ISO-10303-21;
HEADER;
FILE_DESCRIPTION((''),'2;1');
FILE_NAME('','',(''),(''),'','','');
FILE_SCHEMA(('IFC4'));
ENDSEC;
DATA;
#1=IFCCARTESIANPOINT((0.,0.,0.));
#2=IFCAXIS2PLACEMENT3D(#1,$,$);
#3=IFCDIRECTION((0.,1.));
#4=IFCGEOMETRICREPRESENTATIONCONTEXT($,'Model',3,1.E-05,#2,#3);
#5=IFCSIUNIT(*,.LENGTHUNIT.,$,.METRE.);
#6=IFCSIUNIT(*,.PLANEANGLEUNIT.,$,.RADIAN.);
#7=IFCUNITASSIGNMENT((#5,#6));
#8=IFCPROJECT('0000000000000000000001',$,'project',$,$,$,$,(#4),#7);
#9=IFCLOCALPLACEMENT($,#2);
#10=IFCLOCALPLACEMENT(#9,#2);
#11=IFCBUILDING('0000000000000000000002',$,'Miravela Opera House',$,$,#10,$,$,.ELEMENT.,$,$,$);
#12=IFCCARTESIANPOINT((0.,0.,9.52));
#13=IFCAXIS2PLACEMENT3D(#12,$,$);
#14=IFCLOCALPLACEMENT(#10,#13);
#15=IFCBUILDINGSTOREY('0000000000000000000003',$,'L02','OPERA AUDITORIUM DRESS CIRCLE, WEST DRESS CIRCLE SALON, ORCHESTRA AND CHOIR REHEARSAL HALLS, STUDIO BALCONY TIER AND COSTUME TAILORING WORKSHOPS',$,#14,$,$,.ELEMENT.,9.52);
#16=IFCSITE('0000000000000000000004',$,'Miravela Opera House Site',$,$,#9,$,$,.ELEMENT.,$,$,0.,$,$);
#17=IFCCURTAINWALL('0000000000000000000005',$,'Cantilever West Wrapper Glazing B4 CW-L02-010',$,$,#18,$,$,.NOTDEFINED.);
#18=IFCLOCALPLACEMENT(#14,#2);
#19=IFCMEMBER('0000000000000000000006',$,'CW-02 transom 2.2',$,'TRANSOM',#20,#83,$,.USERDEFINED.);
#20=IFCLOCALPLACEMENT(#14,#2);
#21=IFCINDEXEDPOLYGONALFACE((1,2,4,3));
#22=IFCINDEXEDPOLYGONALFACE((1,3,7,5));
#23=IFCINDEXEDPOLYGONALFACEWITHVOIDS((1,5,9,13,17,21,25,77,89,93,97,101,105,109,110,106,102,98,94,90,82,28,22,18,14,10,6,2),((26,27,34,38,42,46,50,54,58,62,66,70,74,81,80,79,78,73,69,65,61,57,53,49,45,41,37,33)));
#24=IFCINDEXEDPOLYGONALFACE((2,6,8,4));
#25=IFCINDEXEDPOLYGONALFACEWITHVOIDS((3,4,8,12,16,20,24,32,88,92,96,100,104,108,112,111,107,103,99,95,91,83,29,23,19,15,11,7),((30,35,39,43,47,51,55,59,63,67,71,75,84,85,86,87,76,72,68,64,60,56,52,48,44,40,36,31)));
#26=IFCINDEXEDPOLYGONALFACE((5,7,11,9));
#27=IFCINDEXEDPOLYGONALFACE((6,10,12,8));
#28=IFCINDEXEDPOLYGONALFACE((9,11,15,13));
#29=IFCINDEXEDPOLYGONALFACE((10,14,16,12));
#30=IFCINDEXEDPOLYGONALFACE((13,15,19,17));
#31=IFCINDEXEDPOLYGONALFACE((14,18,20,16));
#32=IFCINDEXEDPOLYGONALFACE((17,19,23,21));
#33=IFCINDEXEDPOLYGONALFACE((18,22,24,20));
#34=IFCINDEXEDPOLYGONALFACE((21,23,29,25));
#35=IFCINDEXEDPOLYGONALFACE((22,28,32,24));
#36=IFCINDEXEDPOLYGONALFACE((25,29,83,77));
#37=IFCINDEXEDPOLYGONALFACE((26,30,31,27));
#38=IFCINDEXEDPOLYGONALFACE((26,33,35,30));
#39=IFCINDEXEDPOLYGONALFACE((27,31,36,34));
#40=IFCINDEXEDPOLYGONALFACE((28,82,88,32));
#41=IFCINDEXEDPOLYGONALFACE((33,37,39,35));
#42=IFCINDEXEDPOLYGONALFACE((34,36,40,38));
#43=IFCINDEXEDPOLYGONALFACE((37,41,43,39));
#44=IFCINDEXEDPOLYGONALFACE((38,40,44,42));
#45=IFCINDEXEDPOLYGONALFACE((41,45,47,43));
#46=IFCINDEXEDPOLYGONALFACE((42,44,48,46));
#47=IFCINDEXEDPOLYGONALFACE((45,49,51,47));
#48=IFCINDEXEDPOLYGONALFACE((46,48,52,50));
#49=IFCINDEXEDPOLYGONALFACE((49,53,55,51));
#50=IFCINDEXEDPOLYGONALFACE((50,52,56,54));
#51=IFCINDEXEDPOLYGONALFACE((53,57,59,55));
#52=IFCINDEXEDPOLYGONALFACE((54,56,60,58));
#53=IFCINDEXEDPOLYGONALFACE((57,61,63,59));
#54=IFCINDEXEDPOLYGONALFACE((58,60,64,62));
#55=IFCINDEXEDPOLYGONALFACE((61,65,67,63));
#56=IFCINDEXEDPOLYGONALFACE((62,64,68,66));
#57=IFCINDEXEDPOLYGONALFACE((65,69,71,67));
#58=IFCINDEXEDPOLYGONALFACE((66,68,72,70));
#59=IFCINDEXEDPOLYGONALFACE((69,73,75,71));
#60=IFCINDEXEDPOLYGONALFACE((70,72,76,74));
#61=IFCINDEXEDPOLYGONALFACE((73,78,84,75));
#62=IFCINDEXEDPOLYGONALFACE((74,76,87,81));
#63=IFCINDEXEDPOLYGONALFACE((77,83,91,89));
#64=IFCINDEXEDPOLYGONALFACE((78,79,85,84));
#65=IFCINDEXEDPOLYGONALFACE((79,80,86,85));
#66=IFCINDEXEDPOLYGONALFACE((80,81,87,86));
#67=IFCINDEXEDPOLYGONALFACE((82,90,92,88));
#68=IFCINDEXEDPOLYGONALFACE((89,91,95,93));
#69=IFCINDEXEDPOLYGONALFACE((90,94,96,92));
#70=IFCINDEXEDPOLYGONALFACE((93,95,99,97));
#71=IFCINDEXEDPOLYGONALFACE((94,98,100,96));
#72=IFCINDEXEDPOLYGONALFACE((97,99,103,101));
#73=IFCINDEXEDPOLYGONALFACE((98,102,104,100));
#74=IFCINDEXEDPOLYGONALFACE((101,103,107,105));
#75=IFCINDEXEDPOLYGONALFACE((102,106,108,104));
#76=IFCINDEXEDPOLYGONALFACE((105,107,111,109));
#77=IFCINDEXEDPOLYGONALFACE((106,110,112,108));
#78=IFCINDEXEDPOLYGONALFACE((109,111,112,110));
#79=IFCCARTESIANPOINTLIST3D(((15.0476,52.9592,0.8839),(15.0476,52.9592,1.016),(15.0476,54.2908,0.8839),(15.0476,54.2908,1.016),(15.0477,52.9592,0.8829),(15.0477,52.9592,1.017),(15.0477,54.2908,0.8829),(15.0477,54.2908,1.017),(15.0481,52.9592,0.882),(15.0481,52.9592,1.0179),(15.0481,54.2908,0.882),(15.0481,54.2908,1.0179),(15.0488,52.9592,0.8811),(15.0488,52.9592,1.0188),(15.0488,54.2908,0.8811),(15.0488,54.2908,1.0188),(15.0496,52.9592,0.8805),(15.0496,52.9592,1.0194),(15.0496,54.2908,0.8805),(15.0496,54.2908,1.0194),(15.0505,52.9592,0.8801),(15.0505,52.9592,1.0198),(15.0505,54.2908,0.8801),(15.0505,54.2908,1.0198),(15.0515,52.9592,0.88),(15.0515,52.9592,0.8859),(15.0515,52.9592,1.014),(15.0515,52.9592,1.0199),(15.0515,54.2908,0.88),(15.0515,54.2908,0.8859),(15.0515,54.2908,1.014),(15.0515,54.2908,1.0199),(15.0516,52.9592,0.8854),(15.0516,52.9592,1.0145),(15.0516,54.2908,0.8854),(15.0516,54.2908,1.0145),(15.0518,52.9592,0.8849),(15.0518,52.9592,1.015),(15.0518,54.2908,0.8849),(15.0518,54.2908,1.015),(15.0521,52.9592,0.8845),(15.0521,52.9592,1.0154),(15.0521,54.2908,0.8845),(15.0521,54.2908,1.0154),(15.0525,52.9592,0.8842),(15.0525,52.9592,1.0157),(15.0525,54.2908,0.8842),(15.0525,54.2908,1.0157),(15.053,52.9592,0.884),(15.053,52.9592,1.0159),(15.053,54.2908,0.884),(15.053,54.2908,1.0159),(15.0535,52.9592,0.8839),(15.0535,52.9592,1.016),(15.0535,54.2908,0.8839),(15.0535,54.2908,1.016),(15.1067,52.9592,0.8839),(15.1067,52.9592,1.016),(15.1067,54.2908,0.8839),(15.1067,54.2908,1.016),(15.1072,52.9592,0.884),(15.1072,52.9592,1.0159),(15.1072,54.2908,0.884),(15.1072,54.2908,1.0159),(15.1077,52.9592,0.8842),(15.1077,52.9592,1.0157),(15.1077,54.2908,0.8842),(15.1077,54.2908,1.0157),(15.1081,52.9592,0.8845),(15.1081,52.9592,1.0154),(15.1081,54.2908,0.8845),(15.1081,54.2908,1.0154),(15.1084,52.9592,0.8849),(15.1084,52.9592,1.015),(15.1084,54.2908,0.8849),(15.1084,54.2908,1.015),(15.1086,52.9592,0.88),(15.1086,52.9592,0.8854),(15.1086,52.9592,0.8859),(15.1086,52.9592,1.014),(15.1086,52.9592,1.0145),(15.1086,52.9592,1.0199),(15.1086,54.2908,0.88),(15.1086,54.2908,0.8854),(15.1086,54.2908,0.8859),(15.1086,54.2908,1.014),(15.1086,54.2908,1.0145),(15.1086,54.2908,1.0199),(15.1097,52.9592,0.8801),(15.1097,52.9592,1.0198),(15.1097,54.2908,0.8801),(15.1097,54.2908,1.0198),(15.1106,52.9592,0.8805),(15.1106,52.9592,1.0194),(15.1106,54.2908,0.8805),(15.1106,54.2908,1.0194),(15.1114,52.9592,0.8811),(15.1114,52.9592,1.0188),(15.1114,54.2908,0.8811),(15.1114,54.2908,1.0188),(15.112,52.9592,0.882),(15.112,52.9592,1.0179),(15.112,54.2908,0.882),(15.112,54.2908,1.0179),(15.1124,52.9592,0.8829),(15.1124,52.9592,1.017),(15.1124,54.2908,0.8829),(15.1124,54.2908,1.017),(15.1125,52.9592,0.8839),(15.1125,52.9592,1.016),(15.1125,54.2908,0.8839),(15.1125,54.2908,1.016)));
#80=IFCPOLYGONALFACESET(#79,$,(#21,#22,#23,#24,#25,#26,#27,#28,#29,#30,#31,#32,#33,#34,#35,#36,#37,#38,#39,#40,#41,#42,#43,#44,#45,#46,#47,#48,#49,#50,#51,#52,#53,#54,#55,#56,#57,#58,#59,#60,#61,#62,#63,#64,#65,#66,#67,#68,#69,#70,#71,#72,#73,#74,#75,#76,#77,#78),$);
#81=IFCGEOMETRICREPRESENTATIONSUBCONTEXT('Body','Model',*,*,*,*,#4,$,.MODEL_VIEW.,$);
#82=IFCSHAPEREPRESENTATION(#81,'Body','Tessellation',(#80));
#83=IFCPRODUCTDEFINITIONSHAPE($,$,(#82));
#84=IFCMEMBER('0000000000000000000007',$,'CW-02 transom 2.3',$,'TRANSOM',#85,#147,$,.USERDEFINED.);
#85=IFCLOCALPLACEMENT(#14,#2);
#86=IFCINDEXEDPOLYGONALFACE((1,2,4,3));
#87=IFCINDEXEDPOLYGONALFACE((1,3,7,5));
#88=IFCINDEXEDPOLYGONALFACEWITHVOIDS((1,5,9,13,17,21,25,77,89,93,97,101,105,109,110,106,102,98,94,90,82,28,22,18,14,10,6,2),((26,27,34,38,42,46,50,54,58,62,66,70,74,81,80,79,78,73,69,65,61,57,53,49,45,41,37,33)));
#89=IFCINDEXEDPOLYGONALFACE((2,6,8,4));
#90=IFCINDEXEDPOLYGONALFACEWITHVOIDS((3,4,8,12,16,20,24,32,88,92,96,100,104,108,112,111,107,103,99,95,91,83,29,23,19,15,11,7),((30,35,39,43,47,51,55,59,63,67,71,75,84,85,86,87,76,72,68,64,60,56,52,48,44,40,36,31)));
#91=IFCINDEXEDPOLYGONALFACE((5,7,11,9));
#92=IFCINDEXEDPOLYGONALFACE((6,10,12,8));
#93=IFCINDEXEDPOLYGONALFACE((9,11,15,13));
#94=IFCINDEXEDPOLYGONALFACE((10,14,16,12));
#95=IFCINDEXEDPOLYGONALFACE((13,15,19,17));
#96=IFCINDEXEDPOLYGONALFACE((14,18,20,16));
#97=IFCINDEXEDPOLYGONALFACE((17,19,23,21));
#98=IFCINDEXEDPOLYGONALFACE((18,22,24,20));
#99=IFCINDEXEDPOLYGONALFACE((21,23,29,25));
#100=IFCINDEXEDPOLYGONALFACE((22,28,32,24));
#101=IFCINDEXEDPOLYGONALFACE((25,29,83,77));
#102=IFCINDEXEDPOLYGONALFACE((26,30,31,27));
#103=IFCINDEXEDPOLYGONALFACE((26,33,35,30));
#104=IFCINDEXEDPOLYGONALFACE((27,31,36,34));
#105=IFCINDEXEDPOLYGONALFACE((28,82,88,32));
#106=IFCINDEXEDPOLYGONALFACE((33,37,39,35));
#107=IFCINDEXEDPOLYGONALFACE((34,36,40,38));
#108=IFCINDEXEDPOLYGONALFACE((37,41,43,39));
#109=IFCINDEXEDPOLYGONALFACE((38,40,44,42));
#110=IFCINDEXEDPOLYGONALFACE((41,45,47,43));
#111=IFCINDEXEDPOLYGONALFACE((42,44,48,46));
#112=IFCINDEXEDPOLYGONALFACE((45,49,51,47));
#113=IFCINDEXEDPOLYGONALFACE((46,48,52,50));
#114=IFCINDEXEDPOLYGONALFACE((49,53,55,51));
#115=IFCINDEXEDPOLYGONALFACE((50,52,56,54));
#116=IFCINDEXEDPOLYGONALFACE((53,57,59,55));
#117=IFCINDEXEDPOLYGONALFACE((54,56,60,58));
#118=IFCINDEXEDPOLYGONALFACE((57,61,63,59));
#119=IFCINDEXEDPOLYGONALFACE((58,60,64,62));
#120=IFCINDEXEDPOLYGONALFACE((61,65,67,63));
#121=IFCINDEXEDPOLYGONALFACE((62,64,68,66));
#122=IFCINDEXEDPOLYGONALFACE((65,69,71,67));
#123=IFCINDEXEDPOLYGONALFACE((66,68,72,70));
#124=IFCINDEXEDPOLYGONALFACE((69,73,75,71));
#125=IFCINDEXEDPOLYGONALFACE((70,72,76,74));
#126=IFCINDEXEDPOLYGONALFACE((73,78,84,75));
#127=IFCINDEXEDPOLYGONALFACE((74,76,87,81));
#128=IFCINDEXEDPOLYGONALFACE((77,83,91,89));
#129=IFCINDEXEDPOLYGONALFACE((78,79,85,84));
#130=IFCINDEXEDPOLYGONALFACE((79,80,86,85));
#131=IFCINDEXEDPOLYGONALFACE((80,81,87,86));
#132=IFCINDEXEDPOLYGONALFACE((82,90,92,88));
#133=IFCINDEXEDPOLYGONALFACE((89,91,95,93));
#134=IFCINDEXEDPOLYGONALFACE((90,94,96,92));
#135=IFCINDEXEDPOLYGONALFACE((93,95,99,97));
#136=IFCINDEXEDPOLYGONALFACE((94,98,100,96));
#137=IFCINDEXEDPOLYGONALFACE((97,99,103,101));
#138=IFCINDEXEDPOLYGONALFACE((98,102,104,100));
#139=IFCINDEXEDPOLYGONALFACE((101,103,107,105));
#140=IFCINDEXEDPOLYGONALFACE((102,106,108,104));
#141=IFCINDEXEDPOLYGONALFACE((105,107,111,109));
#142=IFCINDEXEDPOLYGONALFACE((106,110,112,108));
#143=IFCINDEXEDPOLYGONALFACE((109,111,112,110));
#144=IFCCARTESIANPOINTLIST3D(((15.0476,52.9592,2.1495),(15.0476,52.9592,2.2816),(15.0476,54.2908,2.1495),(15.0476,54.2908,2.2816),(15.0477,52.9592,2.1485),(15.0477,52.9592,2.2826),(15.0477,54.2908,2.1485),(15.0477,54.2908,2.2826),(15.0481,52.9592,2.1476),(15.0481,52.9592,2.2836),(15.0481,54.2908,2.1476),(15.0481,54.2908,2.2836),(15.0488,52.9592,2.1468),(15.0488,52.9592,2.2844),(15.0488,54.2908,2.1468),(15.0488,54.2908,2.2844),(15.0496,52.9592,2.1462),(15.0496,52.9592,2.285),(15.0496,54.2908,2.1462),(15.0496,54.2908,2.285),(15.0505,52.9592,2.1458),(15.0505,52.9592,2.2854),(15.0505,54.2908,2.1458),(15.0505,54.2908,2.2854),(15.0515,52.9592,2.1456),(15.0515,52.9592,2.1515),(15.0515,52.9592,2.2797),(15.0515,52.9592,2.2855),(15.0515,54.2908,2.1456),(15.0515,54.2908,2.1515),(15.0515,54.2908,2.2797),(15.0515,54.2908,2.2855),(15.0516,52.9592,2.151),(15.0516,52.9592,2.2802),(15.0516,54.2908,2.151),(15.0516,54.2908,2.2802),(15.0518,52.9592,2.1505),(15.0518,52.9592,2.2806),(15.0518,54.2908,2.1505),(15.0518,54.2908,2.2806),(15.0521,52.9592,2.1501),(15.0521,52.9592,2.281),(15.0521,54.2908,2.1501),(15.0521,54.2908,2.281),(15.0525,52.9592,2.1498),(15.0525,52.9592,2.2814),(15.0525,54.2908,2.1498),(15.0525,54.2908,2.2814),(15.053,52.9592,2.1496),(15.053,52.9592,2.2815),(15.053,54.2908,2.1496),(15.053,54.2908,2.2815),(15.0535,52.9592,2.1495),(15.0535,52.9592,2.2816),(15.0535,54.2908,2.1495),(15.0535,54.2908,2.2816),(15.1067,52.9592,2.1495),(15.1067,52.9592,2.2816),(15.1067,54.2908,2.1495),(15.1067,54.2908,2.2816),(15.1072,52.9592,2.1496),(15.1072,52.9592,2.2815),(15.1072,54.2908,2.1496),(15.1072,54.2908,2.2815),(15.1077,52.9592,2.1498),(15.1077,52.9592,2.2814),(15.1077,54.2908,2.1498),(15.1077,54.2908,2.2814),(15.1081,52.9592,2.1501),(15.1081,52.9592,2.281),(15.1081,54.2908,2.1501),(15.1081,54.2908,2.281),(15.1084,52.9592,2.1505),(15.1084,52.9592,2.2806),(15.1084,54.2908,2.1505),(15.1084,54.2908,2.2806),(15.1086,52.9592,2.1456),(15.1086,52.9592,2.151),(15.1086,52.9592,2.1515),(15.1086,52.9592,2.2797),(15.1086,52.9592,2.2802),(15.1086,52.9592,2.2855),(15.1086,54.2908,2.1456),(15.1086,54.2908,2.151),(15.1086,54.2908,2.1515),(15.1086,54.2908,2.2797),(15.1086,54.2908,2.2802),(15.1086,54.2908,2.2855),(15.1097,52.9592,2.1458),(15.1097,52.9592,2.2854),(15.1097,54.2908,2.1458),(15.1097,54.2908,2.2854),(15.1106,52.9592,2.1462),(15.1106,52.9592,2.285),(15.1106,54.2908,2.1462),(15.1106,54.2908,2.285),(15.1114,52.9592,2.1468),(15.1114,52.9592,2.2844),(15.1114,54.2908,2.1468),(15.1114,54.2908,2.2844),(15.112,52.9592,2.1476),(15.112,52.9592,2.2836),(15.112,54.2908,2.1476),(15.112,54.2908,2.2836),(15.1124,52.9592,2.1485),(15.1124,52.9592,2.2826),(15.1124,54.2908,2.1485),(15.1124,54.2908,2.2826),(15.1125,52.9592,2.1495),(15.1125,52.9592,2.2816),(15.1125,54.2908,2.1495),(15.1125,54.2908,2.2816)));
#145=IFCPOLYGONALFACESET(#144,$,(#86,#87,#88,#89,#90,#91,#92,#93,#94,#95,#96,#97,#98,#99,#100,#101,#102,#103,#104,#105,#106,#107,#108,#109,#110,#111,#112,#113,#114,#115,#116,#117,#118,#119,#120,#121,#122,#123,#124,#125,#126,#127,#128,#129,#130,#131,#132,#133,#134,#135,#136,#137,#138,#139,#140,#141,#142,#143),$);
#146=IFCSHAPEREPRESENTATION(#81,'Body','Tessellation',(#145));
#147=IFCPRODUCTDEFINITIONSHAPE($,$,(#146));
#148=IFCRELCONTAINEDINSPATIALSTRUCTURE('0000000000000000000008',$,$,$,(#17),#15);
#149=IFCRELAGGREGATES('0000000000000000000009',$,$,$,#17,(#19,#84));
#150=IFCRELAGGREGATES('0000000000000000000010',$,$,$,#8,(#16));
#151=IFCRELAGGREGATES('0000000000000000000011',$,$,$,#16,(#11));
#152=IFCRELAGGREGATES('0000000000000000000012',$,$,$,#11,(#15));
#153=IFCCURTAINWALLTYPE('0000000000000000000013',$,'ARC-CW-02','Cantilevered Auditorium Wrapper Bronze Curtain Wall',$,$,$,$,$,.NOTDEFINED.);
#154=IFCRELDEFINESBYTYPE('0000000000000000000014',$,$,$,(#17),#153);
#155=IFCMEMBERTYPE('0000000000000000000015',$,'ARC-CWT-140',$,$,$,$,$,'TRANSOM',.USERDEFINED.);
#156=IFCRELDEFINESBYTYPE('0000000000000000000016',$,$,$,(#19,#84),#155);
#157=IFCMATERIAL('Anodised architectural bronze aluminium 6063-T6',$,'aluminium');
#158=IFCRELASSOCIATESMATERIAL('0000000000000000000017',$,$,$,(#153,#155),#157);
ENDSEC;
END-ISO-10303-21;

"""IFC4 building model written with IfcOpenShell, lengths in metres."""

from ifc_helpers import new_model, si_unit, direction, frame, origin, origin_2d, place, context, subcontext, project, spatial, hollow_rectangle, extrude, material, material_profile, profile_set, type_object, element, aggregate, save


model = new_model("IFC4")

# Units and contexts
model_context = context("Model", 3, precision=1e-05, world=origin(), true_north=direction((0.0, 1.0)))
body_context = subcontext(model_context, "Body", "Model", "MODEL_VIEW")
ifc_project = project(units=[si_unit("LENGTHUNIT", "METRE"), si_unit("PLANEANGLEUNIT", "RADIAN")], contexts=[model_context])

# Site, building, storey
site_placement = place(None, origin())
site = spatial("IfcSite", under=ifc_project, at=site_placement, Name="Miravela Opera House Site", CompositionType="ELEMENT", RefElevation=0.0)
building_placement = place(site_placement, origin())
building = spatial("IfcBuilding", under=site, at=building_placement, Name="Miravela Opera House", CompositionType="ELEMENT")
storey_placement = place(building_placement, frame((0.0, 0.0, 9.52)))
storey = spatial("IfcBuildingStorey", under=building, at=storey_placement, Name="L02", Description="OPERA AUDITORIUM DRESS CIRCLE, WEST DRESS CIRCLE SALON, ORCHESTRA AND CHOIR REHEARSAL HALLS, STUDIO BALCONY TIER AND COSTUME TAILORING WORKSHOPS", CompositionType="ELEMENT", Elevation=9.52)

# Shared definitions
ifc_material_1 = material(Name="Anodised architectural bronze aluminium 6063-T6", Category="aluminium")
curtain_wall_type = type_object("IfcCurtainWallType", Name="ARC-CW-02", Description="Cantilevered Auditorium Wrapper Bronze Curtain Wall", PredefinedType="NOTDEFINED", material=ifc_material_1)

# Curtain wall
curtain_wall_1_placement = place(storey_placement, origin())
curtain_wall_1 = element("IfcCurtainWall", 1, at=curtain_wall_1_placement, inside=storey, type_object=curtain_wall_type, Name="Cantilever West Wrapper Glazing B4 CW-L02-010", PredefinedType="NOTDEFINED")

# Members
ifc_material_profile_1 = material_profile(ifc_material_1, hollow_rectangle(XDim=0.0649, YDim=0.1399, WallThickness=0.0039, InnerFilletRadius=0.002, OuterFilletRadius=0.0039, at=origin_2d()), Name="CWT-65X140")
ifc_profile_set_1 = profile_set([ifc_material_profile_1])
member_type_1 = type_object("IfcMemberType", Name="ARC-CWT-140", ElementType="TRANSOM", PredefinedType="USERDEFINED", material=ifc_profile_set_1)
member_1_placement = place(storey_placement, frame((15.0801, 52.9592, 0.95), z_axis=(0.0, 1.0, 0.0), x_axis=(-1.0, 0.0, 0.0)))
member_1 = element("IfcMember", 2, at=member_1_placement, type_object=member_type_1, Name="CW-02 transom 2.2", ObjectType="TRANSOM", PredefinedType="USERDEFINED", context=body_context, shape_type="SweptSolid", body=[
    extrude(hollow_rectangle(XDim=0.0649, YDim=0.1399, WallThickness=0.0039, InnerFilletRadius=0.002, OuterFilletRadius=0.0039, at=origin_2d()), origin(), (0.0, 0.0, 1.0), 1.3315),
])
member_2_placement = place(storey_placement, frame((15.0801, 52.9592, 2.2156), z_axis=(0.0, 1.0, 0.0), x_axis=(-1.0, 0.0, 0.0)))
member_2 = element("IfcMember", 3, at=member_2_placement, type_object=member_type_1, Name="CW-02 transom 2.3", ObjectType="TRANSOM", PredefinedType="USERDEFINED", context=body_context, shape_type="SweptSolid", body=[
    extrude(hollow_rectangle(XDim=0.0649, YDim=0.1399, WallThickness=0.0039, InnerFilletRadius=0.002, OuterFilletRadius=0.0039, at=origin_2d()), origin(), (0.0, 0.0, 1.0), 1.3315),
])

aggregate(curtain_wall_1, [member_1, member_2])

save(model, "model.ifc")
